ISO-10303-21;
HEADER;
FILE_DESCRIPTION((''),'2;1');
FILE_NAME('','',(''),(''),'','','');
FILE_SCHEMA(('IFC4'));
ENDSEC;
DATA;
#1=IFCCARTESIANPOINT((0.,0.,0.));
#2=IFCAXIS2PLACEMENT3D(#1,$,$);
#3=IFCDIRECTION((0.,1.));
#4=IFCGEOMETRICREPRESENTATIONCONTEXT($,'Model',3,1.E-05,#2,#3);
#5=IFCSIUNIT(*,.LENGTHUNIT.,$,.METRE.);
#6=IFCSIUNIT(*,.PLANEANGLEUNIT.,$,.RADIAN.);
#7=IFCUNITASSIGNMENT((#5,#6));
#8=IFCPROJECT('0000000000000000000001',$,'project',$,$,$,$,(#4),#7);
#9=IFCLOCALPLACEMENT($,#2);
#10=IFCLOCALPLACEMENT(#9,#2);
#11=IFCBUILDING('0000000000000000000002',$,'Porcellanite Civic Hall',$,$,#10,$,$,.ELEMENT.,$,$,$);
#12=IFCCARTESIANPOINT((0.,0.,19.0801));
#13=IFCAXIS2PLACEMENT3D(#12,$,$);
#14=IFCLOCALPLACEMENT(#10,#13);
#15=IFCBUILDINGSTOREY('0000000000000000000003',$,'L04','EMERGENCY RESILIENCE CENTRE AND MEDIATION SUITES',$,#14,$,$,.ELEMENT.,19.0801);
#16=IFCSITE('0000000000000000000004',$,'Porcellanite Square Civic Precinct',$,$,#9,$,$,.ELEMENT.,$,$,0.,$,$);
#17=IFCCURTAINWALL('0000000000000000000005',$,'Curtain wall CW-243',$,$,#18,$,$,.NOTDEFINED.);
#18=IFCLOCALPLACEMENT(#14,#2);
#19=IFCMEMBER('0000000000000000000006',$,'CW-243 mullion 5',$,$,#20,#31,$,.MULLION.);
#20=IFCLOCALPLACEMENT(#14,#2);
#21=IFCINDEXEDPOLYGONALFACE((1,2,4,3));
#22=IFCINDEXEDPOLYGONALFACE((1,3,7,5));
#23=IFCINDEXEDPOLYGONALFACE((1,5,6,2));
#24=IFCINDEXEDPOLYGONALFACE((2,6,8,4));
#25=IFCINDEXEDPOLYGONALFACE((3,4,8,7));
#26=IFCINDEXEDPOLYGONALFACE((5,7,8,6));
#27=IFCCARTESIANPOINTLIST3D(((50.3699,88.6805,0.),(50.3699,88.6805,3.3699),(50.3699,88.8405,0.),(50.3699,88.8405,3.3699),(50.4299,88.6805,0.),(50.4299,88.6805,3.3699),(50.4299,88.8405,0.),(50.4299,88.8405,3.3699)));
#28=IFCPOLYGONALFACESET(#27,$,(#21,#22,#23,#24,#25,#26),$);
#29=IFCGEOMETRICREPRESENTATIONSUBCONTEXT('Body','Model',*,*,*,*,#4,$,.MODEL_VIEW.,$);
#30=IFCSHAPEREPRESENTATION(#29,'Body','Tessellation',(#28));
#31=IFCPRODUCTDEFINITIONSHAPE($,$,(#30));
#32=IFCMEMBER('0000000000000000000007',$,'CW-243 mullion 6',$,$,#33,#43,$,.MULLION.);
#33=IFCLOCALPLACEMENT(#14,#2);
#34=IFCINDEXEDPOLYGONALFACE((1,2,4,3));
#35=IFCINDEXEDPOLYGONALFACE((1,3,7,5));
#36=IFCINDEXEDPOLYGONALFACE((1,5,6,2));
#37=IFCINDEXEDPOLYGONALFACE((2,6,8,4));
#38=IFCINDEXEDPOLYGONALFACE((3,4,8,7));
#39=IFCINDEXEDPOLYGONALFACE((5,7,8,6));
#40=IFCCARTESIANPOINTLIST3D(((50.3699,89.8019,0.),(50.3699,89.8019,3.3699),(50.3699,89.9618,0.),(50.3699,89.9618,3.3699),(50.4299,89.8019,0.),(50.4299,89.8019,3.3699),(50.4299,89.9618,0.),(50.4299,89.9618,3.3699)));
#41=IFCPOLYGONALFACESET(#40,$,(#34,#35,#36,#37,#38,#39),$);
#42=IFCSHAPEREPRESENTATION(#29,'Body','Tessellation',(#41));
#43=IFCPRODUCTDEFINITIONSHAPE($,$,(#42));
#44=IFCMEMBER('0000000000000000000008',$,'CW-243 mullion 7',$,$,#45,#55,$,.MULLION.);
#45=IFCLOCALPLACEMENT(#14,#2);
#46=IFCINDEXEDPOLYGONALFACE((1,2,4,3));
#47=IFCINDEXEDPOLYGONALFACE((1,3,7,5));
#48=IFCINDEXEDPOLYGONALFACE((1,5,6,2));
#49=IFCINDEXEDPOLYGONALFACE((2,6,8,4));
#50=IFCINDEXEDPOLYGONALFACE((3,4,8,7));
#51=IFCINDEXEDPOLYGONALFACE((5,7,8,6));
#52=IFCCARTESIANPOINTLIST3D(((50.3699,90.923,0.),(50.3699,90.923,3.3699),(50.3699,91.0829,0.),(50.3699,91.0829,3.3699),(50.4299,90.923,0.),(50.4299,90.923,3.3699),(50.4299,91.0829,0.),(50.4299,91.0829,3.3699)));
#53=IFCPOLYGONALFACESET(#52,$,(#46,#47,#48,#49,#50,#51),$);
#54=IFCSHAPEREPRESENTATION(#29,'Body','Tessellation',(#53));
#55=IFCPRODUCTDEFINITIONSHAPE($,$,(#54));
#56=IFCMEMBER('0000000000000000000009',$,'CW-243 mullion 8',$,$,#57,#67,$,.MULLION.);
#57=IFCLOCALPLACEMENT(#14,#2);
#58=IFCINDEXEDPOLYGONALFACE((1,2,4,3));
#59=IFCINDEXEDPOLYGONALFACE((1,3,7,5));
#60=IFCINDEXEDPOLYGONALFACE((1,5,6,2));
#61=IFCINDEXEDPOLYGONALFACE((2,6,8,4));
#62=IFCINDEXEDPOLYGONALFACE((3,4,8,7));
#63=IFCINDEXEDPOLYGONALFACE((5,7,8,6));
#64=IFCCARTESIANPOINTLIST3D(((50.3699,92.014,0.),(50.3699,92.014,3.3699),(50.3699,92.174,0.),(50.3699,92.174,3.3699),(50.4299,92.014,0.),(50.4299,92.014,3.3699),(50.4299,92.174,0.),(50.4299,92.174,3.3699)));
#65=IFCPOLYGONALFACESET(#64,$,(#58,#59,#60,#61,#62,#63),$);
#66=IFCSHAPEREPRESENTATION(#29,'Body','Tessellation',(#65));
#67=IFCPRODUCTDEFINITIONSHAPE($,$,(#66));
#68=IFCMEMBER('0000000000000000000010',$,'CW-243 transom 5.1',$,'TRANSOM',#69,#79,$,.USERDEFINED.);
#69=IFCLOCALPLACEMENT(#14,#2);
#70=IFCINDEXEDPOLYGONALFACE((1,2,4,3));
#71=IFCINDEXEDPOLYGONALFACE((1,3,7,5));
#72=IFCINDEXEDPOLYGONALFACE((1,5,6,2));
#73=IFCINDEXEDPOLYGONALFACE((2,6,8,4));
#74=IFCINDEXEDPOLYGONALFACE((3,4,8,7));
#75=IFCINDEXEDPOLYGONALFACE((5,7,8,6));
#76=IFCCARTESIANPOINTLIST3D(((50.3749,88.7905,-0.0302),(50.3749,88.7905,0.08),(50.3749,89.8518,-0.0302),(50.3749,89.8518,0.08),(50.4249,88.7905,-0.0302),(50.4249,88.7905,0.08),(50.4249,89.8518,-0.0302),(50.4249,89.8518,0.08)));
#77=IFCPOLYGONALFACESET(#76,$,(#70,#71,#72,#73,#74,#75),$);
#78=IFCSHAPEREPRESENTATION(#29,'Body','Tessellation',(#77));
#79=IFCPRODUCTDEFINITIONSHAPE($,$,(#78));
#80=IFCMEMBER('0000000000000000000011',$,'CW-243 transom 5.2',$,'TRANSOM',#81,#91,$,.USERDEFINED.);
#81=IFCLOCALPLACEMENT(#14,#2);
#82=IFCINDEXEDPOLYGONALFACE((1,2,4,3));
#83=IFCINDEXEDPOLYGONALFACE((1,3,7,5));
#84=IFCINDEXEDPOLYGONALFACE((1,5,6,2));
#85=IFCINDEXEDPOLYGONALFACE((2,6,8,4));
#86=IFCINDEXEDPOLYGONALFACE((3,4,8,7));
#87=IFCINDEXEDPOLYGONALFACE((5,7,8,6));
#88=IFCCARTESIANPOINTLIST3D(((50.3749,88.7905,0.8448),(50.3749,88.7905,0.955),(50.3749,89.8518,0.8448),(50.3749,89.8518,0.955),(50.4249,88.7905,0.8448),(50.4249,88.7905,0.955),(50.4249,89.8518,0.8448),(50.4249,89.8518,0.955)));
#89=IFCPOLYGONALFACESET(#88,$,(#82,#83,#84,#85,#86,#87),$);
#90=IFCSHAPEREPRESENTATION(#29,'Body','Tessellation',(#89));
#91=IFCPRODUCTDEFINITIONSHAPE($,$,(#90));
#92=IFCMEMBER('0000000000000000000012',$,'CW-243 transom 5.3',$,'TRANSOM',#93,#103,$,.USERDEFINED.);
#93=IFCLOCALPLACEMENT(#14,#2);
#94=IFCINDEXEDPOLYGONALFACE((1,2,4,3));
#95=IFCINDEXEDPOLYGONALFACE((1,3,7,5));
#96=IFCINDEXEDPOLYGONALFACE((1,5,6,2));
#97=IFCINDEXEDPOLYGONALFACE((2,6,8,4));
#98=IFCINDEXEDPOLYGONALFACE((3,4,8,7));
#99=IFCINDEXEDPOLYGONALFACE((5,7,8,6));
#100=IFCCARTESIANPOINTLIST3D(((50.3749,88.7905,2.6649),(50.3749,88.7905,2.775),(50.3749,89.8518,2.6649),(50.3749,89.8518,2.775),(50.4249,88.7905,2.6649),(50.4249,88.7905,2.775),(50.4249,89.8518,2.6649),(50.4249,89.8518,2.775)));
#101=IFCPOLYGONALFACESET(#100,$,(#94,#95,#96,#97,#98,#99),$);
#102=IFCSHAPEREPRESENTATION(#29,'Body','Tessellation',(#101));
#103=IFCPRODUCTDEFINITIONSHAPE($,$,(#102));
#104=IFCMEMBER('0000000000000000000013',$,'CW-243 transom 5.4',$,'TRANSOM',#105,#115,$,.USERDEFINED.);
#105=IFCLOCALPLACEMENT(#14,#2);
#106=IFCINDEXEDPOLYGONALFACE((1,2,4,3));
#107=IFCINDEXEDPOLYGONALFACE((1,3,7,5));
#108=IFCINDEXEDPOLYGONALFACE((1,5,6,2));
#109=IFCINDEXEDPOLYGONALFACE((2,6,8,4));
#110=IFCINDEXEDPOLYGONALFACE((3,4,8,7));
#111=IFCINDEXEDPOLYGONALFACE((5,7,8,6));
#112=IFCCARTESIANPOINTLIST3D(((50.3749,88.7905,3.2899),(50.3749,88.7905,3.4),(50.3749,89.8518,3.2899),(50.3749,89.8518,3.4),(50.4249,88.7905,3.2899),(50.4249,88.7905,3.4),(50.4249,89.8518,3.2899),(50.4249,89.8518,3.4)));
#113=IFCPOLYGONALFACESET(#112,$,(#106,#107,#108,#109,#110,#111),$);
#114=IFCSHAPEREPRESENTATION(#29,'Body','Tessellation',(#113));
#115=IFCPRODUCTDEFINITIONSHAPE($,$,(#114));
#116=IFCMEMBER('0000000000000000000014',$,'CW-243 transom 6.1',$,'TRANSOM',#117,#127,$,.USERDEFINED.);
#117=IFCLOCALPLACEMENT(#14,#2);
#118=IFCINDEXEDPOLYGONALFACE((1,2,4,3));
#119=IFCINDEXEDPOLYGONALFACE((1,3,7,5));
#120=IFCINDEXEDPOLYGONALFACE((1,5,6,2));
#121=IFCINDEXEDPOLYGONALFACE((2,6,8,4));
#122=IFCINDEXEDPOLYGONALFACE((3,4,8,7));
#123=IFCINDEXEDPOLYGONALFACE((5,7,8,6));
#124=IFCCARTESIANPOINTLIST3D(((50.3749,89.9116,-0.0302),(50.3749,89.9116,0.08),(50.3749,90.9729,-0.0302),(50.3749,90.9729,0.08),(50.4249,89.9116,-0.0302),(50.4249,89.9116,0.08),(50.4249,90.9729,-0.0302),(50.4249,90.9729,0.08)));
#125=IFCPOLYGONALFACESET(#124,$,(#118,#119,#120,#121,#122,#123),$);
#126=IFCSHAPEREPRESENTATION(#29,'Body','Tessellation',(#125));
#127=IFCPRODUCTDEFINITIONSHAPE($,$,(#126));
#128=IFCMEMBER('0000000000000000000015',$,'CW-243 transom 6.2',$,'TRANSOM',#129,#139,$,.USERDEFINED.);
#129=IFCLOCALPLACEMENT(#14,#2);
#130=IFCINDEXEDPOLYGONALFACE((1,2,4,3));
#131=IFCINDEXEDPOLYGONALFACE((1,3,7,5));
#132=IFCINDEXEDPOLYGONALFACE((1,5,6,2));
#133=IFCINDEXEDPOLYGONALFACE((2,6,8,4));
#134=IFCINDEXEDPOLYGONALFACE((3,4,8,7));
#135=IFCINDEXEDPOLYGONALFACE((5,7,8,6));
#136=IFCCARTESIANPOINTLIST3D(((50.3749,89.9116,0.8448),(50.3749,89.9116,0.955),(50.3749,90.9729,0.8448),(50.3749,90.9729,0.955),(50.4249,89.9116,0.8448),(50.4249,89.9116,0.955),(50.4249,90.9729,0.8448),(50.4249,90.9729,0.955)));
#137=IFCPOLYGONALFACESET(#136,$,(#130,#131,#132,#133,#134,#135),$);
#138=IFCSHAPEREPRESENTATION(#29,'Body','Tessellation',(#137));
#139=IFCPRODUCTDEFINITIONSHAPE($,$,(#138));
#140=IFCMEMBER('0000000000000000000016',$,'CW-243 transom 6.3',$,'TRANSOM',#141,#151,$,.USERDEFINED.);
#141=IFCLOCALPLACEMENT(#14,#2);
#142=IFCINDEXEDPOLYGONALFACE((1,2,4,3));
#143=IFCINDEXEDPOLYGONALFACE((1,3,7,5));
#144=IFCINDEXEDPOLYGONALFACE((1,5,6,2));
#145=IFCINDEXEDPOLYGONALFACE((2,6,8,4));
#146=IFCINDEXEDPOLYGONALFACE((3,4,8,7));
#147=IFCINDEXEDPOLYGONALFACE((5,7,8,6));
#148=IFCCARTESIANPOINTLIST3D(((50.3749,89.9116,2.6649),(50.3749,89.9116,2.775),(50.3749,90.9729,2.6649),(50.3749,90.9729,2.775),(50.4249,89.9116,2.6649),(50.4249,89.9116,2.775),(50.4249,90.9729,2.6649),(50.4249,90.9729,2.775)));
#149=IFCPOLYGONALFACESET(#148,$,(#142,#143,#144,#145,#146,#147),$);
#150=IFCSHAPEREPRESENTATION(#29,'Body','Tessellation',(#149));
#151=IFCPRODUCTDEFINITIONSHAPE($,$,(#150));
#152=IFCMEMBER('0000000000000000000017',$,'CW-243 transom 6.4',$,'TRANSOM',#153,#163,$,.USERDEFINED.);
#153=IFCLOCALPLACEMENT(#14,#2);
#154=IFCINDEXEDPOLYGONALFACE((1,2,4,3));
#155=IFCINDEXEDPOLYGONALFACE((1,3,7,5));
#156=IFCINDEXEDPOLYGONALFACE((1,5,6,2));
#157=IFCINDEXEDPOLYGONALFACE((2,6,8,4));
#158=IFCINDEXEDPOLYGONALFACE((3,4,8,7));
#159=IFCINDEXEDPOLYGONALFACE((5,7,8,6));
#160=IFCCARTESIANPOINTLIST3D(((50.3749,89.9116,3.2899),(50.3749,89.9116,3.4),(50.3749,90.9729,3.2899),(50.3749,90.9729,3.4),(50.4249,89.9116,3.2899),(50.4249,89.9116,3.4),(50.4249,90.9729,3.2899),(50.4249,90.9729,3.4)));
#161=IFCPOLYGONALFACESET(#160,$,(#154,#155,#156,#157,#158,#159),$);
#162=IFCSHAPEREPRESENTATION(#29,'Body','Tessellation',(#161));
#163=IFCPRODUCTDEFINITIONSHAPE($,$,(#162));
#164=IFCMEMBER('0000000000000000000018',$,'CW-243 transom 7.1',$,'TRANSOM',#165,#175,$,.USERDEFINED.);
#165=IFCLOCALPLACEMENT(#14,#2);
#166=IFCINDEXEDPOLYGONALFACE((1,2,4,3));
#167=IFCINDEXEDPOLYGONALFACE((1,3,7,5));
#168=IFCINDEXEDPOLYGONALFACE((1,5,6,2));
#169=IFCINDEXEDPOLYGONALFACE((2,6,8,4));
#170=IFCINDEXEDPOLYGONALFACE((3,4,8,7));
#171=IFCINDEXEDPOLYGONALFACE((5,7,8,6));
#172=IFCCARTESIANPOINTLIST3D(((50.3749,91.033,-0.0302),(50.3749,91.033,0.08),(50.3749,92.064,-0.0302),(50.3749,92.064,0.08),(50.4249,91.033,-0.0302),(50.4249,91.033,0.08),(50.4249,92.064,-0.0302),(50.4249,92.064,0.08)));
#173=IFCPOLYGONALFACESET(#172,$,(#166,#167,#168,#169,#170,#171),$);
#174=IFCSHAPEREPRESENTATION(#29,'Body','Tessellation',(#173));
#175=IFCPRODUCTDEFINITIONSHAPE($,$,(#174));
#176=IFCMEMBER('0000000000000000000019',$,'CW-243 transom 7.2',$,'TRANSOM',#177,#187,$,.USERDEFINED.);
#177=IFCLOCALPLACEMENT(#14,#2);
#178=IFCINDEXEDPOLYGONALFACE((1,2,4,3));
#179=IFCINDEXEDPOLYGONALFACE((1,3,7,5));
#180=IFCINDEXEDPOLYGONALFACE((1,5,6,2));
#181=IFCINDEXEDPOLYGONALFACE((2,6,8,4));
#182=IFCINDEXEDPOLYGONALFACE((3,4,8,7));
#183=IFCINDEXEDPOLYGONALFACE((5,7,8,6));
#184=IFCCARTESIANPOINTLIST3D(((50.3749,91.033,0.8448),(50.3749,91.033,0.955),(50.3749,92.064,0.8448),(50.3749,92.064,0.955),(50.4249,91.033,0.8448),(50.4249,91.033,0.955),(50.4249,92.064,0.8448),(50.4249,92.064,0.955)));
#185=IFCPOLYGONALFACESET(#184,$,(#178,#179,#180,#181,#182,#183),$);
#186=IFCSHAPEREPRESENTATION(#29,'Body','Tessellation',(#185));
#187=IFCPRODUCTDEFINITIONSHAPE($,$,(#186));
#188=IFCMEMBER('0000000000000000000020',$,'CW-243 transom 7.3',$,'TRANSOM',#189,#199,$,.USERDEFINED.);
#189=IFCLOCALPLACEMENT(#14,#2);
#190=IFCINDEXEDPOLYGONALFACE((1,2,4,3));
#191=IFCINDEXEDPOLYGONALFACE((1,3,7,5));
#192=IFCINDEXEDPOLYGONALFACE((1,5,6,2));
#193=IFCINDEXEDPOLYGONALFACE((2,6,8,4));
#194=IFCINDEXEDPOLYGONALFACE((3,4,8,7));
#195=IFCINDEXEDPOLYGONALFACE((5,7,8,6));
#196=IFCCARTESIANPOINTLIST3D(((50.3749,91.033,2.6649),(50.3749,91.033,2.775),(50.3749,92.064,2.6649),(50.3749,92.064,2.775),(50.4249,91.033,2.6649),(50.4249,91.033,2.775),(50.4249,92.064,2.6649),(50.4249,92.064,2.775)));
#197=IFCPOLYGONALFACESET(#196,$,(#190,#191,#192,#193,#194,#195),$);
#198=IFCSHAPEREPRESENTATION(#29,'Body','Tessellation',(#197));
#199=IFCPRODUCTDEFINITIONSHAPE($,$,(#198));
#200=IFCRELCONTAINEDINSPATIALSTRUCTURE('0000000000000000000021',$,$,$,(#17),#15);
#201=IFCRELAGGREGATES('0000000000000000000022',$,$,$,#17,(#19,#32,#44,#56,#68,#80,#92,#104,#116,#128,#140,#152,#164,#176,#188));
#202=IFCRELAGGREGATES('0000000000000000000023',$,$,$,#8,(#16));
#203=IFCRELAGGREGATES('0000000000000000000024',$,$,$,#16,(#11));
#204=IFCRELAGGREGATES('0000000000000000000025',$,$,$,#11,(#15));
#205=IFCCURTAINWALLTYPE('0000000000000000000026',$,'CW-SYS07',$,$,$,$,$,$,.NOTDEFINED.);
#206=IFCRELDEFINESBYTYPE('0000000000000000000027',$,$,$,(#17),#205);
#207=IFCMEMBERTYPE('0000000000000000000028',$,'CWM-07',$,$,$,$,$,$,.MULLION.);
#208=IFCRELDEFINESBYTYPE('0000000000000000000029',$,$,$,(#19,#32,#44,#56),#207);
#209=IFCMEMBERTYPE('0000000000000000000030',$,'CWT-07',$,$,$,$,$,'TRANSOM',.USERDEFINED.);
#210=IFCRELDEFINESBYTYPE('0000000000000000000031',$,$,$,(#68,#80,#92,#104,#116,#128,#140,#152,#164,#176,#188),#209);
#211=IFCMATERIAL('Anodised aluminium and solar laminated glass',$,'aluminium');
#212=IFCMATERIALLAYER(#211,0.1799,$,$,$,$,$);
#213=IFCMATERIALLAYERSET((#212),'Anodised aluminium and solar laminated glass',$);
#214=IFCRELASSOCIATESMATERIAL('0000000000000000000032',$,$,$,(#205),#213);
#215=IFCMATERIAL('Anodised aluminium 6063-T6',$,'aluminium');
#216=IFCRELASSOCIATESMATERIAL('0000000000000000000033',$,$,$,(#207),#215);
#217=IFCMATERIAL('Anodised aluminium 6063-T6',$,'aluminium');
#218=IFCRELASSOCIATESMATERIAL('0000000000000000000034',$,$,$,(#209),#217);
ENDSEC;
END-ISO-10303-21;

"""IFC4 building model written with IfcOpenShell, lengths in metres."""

from ifc_helpers import new_model, si_unit, direction, frame, origin, origin_2d, place, context, subcontext, project, spatial, rectangle, extrude, material, layer, layer_set, material_profile, profile_set, type_object, element, aggregate, save


model = new_model("IFC4")

# Units and contexts
model_context = context("Model", 3, precision=1e-05, world=origin(), true_north=direction((0.0, 1.0)))
body_context = subcontext(model_context, "Body", "Model", "MODEL_VIEW")
ifc_project = project(units=[si_unit("LENGTHUNIT", "METRE"), si_unit("PLANEANGLEUNIT", "RADIAN")], contexts=[model_context])

# Site, building, storey
site_placement = place(None, origin())
site = spatial("IfcSite", under=ifc_project, at=site_placement, Name="Porcellanite Square Civic Precinct", CompositionType="ELEMENT", RefElevation=0.0)
building_placement = place(site_placement, origin())
building = spatial("IfcBuilding", under=site, at=building_placement, Name="Porcellanite Civic Hall", CompositionType="ELEMENT")
storey_placement = place(building_placement, frame((0.0, 0.0, 19.0801)))
storey = spatial("IfcBuildingStorey", under=building, at=storey_placement, Name="L04", Description="EMERGENCY RESILIENCE CENTRE AND MEDIATION SUITES", CompositionType="ELEMENT", Elevation=19.0801)

# Curtain wall, members
ifc_material_1 = material(Name="Anodised aluminium and solar laminated glass", Category="aluminium")
ifc_layer_1 = layer(ifc_material_1, 0.1799)
ifc_layer_set_1 = layer_set([ifc_layer_1], Name="Anodised aluminium and solar laminated glass")
curtain_wall_type = type_object("IfcCurtainWallType", Name="CW-SYS07", PredefinedType="NOTDEFINED", material=ifc_layer_set_1)
curtain_wall_placement = place(storey_placement, origin())
curtain_wall = element("IfcCurtainWall", 1, at=curtain_wall_placement, inside=storey, type_object=curtain_wall_type, Name="Curtain wall CW-243", PredefinedType="NOTDEFINED")
ifc_material_2 = material(Name="Anodised aluminium 6063-T6", Category="aluminium")
ifc_material_profile_1 = material_profile(ifc_material_2, rectangle(XDim=0.0601, YDim=0.1599, at=origin_2d()), Name="AL-60x160")
ifc_profile_set_1 = profile_set([ifc_material_profile_1], Name="Anodised aluminium 6063-T6")
member_type_1 = type_object("IfcMemberType", Name="CWM-07", PredefinedType="MULLION", material=ifc_profile_set_1)
member_1_placement = place(storey_placement, frame((50.3999, 88.7605, 0.0), z_axis=(0.0, 0.0, 1.0), x_axis=(-1.0, 0.0, 0.0)))
member_1 = element("IfcMember", 2, at=member_1_placement, type_object=member_type_1, Name="CW-243 mullion 5", PredefinedType="MULLION", context=body_context, shape_type="SweptSolid", body=[
    extrude(rectangle(XDim=0.0601, YDim=0.1599, at=origin_2d()), origin(), (0.0, 0.0, 1.0), 3.3699),
])
member_2_placement = place(storey_placement, frame((50.3999, 89.8818, 0.0), z_axis=(0.0, 0.0, 1.0), x_axis=(-1.0, 0.0, 0.0)))
member_2 = element("IfcMember", 3, at=member_2_placement, type_object=member_type_1, Name="CW-243 mullion 6", PredefinedType="MULLION", context=body_context, shape_type="SweptSolid", body=[
    extrude(rectangle(XDim=0.0601, YDim=0.1599, at=origin_2d()), origin(), (0.0, 0.0, 1.0), 3.3699),
])
member_3_placement = place(storey_placement, frame((50.3999, 91.0029, 0.0), z_axis=(0.0, 0.0, 1.0), x_axis=(-1.0, 0.0, 0.0)))
member_3 = element("IfcMember", 4, at=member_3_placement, type_object=member_type_1, Name="CW-243 mullion 7", PredefinedType="MULLION", context=body_context, shape_type="SweptSolid", body=[
    extrude(rectangle(XDim=0.0601, YDim=0.1599, at=origin_2d()), origin(), (0.0, 0.0, 1.0), 3.3699),
])
member_4_placement = place(storey_placement, frame((50.3999, 92.094, 0.0), z_axis=(0.0, 0.0, 1.0), x_axis=(-1.0, 0.0, 0.0)))
member_4 = element("IfcMember", 5, at=member_4_placement, type_object=member_type_1, Name="CW-243 mullion 8", PredefinedType="MULLION", context=body_context, shape_type="SweptSolid", body=[
    extrude(rectangle(XDim=0.0601, YDim=0.1599, at=origin_2d()), origin(), (0.0, 0.0, 1.0), 3.3699),
])
ifc_material_3 = material(Name="Anodised aluminium 6063-T6", Category="aluminium")
ifc_material_profile_2 = material_profile(ifc_material_3, rectangle(XDim=0.05, YDim=0.1101, at=origin_2d()), Name="AL-50x110")
ifc_profile_set_2 = profile_set([ifc_material_profile_2], Name="Anodised aluminium 6063-T6")
member_type_2 = type_object("IfcMemberType", Name="CWT-07", ElementType="TRANSOM", PredefinedType="USERDEFINED", material=ifc_profile_set_2)
member_5_placement = place(storey_placement, frame((50.3999, 88.7905, 0.0249), z_axis=(0.0, 1.0, 0.0), x_axis=(-1.0, 0.0, 0.0)))
member_5 = element("IfcMember", 6, at=member_5_placement, type_object=member_type_2, Name="CW-243 transom 5.1", ObjectType="TRANSOM", PredefinedType="USERDEFINED", context=body_context, shape_type="SweptSolid", body=[
    extrude(rectangle(XDim=0.05, YDim=0.1101, at=origin_2d()), origin(), (0.0, 0.0, 1.0), 1.0613),
])
member_6_placement = place(storey_placement, frame((50.3999, 88.7905, 0.8999), z_axis=(0.0, 1.0, 0.0), x_axis=(-1.0, 0.0, 0.0)))
member_6 = element("IfcMember", 7, at=member_6_placement, type_object=member_type_2, Name="CW-243 transom 5.2", ObjectType="TRANSOM", PredefinedType="USERDEFINED", context=body_context, shape_type="SweptSolid", body=[
    extrude(rectangle(XDim=0.05, YDim=0.1101, at=origin_2d()), origin(), (0.0, 0.0, 1.0), 1.0613),
])
member_7_placement = place(storey_placement, frame((50.3999, 88.7905, 2.72), z_axis=(0.0, 1.0, 0.0), x_axis=(-1.0, 0.0, 0.0)))
member_7 = element("IfcMember", 8, at=member_7_placement, type_object=member_type_2, Name="CW-243 transom 5.3", ObjectType="TRANSOM", PredefinedType="USERDEFINED", context=body_context, shape_type="SweptSolid", body=[
    extrude(rectangle(XDim=0.05, YDim=0.1101, at=origin_2d()), origin(), (0.0, 0.0, 1.0), 1.0613),
])
member_8_placement = place(storey_placement, frame((50.3999, 88.7905, 3.345), z_axis=(0.0, 1.0, 0.0), x_axis=(-1.0, 0.0, 0.0)))
member_8 = element("IfcMember", 9, at=member_8_placement, type_object=member_type_2, Name="CW-243 transom 5.4", ObjectType="TRANSOM", PredefinedType="USERDEFINED", context=body_context, shape_type="SweptSolid", body=[
    extrude(rectangle(XDim=0.05, YDim=0.1101, at=origin_2d()), origin(), (0.0, 0.0, 1.0), 1.0613),
])
member_9_placement = place(storey_placement, frame((50.3999, 89.9116, 0.0249), z_axis=(0.0, 1.0, 0.0), x_axis=(-1.0, 0.0, 0.0)))
member_9 = element("IfcMember", 10, at=member_9_placement, type_object=member_type_2, Name="CW-243 transom 6.1", ObjectType="TRANSOM", PredefinedType="USERDEFINED", context=body_context, shape_type="SweptSolid", body=[
    extrude(rectangle(XDim=0.05, YDim=0.1101, at=origin_2d()), origin(), (0.0, 0.0, 1.0), 1.0613),
])
member_10_placement = place(storey_placement, frame((50.3999, 89.9116, 0.8999), z_axis=(0.0, 1.0, 0.0), x_axis=(-1.0, 0.0, 0.0)))
member_10 = element("IfcMember", 11, at=member_10_placement, type_object=member_type_2, Name="CW-243 transom 6.2", ObjectType="TRANSOM", PredefinedType="USERDEFINED", context=body_context, shape_type="SweptSolid", body=[
    extrude(rectangle(XDim=0.05, YDim=0.1101, at=origin_2d()), origin(), (0.0, 0.0, 1.0), 1.0613),
])
member_11_placement = place(storey_placement, frame((50.3999, 89.9116, 2.72), z_axis=(0.0, 1.0, 0.0), x_axis=(-1.0, 0.0, 0.0)))
member_11 = element("IfcMember", 12, at=member_11_placement, type_object=member_type_2, Name="CW-243 transom 6.3", ObjectType="TRANSOM", PredefinedType="USERDEFINED", context=body_context, shape_type="SweptSolid", body=[
    extrude(rectangle(XDim=0.05, YDim=0.1101, at=origin_2d()), origin(), (0.0, 0.0, 1.0), 1.0613),
])
member_12_placement = place(storey_placement, frame((50.3999, 89.9116, 3.345), z_axis=(0.0, 1.0, 0.0), x_axis=(-1.0, 0.0, 0.0)))
member_12 = element("IfcMember", 13, at=member_12_placement, type_object=member_type_2, Name="CW-243 transom 6.4", ObjectType="TRANSOM", PredefinedType="USERDEFINED", context=body_context, shape_type="SweptSolid", body=[
    extrude(rectangle(XDim=0.05, YDim=0.1101, at=origin_2d()), origin(), (0.0, 0.0, 1.0), 1.0613),
])
member_13_placement = place(storey_placement, frame((50.3999, 91.033, 0.0249), z_axis=(0.0, 1.0, 0.0), x_axis=(-1.0, 0.0, 0.0)))
member_13 = element("IfcMember", 14, at=member_13_placement, type_object=member_type_2, Name="CW-243 transom 7.1", ObjectType="TRANSOM", PredefinedType="USERDEFINED", context=body_context, shape_type="SweptSolid", body=[
    extrude(rectangle(XDim=0.05, YDim=0.1101, at=origin_2d()), origin(), (0.0, 0.0, 1.0), 1.031),
])
member_14_placement = place(storey_placement, frame((50.3999, 91.033, 0.8999), z_axis=(0.0, 1.0, 0.0), x_axis=(-1.0, 0.0, 0.0)))
member_14 = element("IfcMember", 15, at=member_14_placement, type_object=member_type_2, Name="CW-243 transom 7.2", ObjectType="TRANSOM", PredefinedType="USERDEFINED", context=body_context, shape_type="SweptSolid", body=[
    extrude(rectangle(XDim=0.05, YDim=0.1101, at=origin_2d()), origin(), (0.0, 0.0, 1.0), 1.031),
])
member_15_placement = place(storey_placement, frame((50.3999, 91.033, 2.72), z_axis=(0.0, 1.0, 0.0), x_axis=(-1.0, 0.0, 0.0)))
member_15 = element("IfcMember", 16, at=member_15_placement, type_object=member_type_2, Name="CW-243 transom 7.3", ObjectType="TRANSOM", PredefinedType="USERDEFINED", context=body_context, shape_type="SweptSolid", body=[
    extrude(rectangle(XDim=0.05, YDim=0.1101, at=origin_2d()), origin(), (0.0, 0.0, 1.0), 1.031),
])
aggregate(curtain_wall, [member_1, member_2, member_3, member_4, member_5, member_6, member_7, member_8, member_9, member_10, member_11, member_12, member_13, member_14, member_15])

save(model, "model.ifc")
